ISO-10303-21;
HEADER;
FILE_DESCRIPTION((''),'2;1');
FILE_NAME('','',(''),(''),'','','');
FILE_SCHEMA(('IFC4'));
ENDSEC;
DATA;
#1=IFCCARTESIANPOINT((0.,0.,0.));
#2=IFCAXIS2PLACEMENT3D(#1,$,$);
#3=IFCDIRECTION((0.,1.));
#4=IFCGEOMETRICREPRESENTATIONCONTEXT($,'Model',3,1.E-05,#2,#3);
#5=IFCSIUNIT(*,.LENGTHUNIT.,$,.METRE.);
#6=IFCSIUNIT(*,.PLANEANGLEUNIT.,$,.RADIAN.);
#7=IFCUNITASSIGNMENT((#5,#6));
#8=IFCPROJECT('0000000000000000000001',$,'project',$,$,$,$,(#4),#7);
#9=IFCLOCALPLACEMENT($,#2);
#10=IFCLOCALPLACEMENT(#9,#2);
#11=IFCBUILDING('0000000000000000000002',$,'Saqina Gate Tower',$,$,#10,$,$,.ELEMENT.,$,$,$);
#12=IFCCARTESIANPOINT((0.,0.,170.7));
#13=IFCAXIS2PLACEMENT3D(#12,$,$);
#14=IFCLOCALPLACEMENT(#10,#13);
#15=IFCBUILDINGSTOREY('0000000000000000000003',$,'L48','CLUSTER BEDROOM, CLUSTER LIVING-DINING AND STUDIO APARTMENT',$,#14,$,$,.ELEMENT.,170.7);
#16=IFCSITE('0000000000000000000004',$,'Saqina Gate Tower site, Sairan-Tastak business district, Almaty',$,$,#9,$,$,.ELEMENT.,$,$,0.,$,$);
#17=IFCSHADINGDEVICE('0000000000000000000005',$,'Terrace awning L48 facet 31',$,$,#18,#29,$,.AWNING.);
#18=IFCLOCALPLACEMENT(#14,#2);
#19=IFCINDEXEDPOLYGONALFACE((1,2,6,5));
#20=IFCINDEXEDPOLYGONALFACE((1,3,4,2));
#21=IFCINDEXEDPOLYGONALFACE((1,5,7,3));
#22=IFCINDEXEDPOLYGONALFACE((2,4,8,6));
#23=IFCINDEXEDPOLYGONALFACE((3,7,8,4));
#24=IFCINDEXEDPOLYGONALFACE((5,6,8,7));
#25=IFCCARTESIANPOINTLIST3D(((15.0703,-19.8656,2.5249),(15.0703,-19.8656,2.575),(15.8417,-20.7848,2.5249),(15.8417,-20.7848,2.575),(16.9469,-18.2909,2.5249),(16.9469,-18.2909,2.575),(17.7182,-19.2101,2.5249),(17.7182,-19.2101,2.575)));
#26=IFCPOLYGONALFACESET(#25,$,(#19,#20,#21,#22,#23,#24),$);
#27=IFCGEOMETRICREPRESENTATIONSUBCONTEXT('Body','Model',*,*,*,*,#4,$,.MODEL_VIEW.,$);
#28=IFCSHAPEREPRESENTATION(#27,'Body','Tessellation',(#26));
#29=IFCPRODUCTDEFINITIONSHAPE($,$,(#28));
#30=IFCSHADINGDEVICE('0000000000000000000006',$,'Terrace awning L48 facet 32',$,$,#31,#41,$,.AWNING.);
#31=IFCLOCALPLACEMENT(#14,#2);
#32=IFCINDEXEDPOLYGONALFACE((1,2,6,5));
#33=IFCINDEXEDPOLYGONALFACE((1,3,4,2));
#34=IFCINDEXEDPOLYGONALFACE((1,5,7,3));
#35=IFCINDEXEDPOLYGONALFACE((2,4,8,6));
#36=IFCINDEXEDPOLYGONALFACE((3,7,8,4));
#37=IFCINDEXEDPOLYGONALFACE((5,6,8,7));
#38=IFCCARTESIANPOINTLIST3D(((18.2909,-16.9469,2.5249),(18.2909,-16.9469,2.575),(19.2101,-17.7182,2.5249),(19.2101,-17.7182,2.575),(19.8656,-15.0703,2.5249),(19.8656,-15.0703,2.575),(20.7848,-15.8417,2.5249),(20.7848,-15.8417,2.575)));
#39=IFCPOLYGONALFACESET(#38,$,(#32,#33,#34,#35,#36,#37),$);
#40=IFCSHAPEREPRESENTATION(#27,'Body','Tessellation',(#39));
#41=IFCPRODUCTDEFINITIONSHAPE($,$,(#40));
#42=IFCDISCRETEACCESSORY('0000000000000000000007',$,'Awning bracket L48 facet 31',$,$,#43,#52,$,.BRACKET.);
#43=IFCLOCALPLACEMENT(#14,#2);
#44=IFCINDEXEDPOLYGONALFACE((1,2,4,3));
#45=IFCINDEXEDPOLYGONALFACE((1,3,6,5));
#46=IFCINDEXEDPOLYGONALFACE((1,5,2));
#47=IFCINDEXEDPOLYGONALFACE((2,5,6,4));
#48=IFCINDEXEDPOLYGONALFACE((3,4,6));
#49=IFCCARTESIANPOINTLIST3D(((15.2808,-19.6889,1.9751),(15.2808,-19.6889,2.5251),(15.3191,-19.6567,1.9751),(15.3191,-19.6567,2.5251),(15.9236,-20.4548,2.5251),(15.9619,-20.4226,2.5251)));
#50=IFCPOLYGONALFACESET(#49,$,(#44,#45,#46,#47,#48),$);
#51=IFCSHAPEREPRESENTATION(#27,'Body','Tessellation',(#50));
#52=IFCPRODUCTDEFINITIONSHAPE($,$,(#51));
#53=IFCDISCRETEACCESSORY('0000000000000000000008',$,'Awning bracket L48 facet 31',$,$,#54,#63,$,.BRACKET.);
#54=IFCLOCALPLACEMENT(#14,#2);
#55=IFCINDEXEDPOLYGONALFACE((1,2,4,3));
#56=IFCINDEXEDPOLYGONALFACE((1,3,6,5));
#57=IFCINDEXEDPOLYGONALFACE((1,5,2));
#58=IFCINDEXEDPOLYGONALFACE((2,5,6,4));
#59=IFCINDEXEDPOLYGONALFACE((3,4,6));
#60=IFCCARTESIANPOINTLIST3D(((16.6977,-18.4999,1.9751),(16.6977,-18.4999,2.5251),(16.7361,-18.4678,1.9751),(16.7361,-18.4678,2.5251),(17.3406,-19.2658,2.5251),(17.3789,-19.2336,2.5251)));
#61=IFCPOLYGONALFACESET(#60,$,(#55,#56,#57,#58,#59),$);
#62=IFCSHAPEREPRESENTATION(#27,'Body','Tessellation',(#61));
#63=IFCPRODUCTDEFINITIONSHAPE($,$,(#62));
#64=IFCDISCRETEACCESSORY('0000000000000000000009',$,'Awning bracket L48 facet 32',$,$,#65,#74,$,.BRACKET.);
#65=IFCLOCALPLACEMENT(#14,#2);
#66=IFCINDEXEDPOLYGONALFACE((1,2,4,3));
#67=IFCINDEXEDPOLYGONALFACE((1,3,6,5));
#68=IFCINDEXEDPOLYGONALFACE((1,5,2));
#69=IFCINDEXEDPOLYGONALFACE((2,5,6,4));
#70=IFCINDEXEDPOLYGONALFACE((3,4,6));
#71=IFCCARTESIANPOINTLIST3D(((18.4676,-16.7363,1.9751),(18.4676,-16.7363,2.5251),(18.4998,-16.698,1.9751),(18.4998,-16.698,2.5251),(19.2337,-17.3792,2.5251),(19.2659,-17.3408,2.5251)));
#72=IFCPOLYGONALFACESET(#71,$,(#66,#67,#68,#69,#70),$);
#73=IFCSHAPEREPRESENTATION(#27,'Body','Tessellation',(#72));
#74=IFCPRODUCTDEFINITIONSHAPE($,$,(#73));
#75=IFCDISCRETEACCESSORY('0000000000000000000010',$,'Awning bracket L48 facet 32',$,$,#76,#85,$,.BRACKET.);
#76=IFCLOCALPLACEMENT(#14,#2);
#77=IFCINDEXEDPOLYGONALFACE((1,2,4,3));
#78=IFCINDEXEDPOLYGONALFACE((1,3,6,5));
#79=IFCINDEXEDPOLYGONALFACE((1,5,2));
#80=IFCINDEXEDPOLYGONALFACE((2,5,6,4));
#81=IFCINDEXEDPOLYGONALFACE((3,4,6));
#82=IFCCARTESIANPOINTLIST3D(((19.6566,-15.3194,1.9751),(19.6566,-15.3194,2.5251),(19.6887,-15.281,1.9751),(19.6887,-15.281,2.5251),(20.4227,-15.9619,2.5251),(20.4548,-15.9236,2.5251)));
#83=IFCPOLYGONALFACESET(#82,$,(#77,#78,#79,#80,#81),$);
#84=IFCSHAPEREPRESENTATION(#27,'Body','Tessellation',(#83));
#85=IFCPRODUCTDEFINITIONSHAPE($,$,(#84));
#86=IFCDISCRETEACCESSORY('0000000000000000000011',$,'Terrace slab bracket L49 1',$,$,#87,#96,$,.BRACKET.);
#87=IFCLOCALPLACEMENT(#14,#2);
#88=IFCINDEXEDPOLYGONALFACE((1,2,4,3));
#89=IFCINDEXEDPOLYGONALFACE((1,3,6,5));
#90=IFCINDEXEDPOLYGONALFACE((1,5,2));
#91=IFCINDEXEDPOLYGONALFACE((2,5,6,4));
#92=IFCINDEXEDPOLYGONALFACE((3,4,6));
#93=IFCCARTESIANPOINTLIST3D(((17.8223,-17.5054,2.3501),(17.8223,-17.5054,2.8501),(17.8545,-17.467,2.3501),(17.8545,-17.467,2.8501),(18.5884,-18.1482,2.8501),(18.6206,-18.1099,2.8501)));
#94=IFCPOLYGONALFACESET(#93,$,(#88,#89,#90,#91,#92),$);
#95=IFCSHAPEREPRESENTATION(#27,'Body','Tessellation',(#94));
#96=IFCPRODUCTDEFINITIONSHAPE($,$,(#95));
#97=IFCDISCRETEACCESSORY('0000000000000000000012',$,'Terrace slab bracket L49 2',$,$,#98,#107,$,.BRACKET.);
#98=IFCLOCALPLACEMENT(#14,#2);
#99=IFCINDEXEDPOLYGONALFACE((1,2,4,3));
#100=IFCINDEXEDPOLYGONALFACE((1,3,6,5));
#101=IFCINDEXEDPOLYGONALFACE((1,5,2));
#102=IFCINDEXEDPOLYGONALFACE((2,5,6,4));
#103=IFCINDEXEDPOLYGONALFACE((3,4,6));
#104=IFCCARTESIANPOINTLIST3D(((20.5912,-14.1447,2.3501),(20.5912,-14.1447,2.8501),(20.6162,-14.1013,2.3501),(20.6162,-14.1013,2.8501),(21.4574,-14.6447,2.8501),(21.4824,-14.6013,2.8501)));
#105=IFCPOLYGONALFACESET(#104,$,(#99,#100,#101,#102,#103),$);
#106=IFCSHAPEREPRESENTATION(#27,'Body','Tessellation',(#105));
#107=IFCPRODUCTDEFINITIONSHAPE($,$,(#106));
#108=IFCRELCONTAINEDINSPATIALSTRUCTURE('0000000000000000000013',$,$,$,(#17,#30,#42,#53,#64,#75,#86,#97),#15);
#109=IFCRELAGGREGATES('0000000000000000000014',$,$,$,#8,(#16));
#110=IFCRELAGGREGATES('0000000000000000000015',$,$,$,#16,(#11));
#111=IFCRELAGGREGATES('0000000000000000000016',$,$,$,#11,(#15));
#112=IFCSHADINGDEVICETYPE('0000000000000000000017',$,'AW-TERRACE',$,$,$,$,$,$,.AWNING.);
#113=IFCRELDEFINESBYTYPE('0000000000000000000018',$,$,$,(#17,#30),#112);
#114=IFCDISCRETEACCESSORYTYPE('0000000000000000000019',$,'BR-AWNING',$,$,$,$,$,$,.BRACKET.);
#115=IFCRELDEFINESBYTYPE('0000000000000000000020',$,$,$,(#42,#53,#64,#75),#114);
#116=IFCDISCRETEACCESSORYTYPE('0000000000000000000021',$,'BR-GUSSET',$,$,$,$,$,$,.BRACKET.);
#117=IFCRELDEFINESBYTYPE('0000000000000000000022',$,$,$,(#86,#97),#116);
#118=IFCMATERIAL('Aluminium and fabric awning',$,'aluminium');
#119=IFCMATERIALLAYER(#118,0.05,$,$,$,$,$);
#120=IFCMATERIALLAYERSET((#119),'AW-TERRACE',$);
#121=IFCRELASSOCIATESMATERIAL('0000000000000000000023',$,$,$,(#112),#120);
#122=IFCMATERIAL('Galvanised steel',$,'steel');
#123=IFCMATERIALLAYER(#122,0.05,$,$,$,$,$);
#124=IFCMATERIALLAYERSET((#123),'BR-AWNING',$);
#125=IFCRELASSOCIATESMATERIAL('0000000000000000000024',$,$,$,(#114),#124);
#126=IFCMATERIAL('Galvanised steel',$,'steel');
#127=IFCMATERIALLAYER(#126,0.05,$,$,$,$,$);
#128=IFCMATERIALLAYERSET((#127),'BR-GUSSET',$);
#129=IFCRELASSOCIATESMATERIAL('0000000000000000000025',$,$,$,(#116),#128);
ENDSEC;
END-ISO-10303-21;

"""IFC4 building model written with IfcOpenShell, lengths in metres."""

from ifc_helpers import new_model, si_unit, direction, frame, origin, origin_2d, place, context, subcontext, project, spatial, polyline, rectangle, outline, extrude, material, layer, layer_set, type_object, element, save


model = new_model("IFC4")

# Units and contexts
model_context = context("Model", 3, precision=1e-05, world=origin(), true_north=direction((0.0, 1.0)))
body_context = subcontext(model_context, "Body", "Model", "MODEL_VIEW")
ifc_project = project(units=[si_unit("LENGTHUNIT", "METRE"), si_unit("PLANEANGLEUNIT", "RADIAN")], contexts=[model_context])

# Site, building, storey
site_placement = place(None, origin())
site = spatial("IfcSite", under=ifc_project, at=site_placement, Name="Saqina Gate Tower site, Sairan-Tastak business district, Almaty", CompositionType="ELEMENT", RefElevation=0.0)
building_placement = place(site_placement, origin())
building = spatial("IfcBuilding", under=site, at=building_placement, Name="Saqina Gate Tower", CompositionType="ELEMENT")
storey_placement = place(building_placement, frame((0.0, 0.0, 170.7)))
storey = spatial("IfcBuildingStorey", under=building, at=storey_placement, Name="L48", Description="CLUSTER BEDROOM, CLUSTER LIVING-DINING AND STUDIO APARTMENT", CompositionType="ELEMENT", Elevation=170.7)

# Shading devices
ifc_material_1 = material(Name="Aluminium and fabric awning", Category="aluminium")
ifc_layer_1 = layer(ifc_material_1, 0.05)
ifc_layer_set_1 = layer_set([ifc_layer_1], Name="AW-TERRACE")
shading_device_type = type_object("IfcShadingDeviceType", Name="AW-TERRACE", PredefinedType="AWNING", material=ifc_layer_set_1)
for number, where, z_axis, x_axis, name in (
    (1, (16.3943, -19.5378, 2.5249), (0.0, 0.0, 1.0), (0.766044, 0.642788, 0.0), "Terrace awning L48 facet 31"),
    (2, (19.5378, -16.3943, 2.5249), (0.0, 0.0, 1.0), (0.642788, 0.766044, 0.0), "Terrace awning L48 facet 32"),
):
    element("IfcShadingDevice", number, at=place(storey_placement, frame(where, z_axis=z_axis, x_axis=x_axis)), inside=storey, type_object=shading_device_type, Name=name, PredefinedType="AWNING", context=body_context, shape_type="SweptSolid", body=[
        extrude(rectangle(XDim=2.4497, YDim=1.2, at=origin_2d()), origin(), (0.0, 0.0, 1.0), 0.05),
    ])

# Discrete accessories
ifc_material_2 = material(Name="Galvanised steel", Category="steel")
ifc_layer_2 = layer(ifc_material_2, 0.05)
ifc_layer_set_2 = layer_set([ifc_layer_2], Name="BR-AWNING")
discrete_accessory_type_1 = type_object("IfcDiscreteAccessoryType", Name="BR-AWNING", PredefinedType="BRACKET", material=ifc_layer_set_2)
for number, where, z_axis, x_axis, name in (
    (3, (15.3191, -19.6567, 1.9751), (0.765955, 0.642894, 0.0), (0.0, 0.0, 1.0), "Awning bracket L48 facet 31"),
    (4, (16.7361, -18.4678, 1.9751), (0.765955, 0.642894, 0.0), (0.0, 0.0, 1.0), "Awning bracket L48 facet 31"),
):
    element("IfcDiscreteAccessory", number, at=place(storey_placement, frame(where, z_axis=z_axis, x_axis=x_axis)), inside=storey, type_object=discrete_accessory_type_1, Name=name, PredefinedType="BRACKET", context=body_context, shape_type="SweptSolid", body=[
        extrude(outline(polyline([(0.0, 0.0), (0.55, 0.0), (0.55, 0.9999), (0.0, 0.0)])), origin(), (0.0, 0.0, -1.0), 0.05),
    ])
discrete_accessory_1_placement = place(storey_placement, frame((18.4998, -16.698, 1.9751), z_axis=(0.642774, 0.766056, 0.0), x_axis=(0.0, 0.0, 1.0)))
element("IfcDiscreteAccessory", 5, at=discrete_accessory_1_placement, inside=storey, type_object=discrete_accessory_type_1, Name="Awning bracket L48 facet 32", PredefinedType="BRACKET", context=body_context, shape_type="SweptSolid", body=[
    extrude(outline(polyline([(0.0, 0.0), (0.55, 0.0), (0.55, 1.0001), (0.0, 0.0)])), origin(), (0.0, 0.0, -1.0), 0.05),
])
discrete_accessory_2_placement = place(storey_placement, frame((19.6887, -15.281, 1.9751), z_axis=(0.642631, 0.766176, 0.0), x_axis=(0.0, 0.0, 1.0)))
element("IfcDiscreteAccessory", 6, at=discrete_accessory_2_placement, inside=storey, type_object=discrete_accessory_type_1, Name="Awning bracket L48 facet 32", PredefinedType="BRACKET", context=body_context, shape_type="SweptSolid", body=[
    extrude(outline(polyline([(0.0, 0.0), (0.55, 0.0), (0.55, 0.9999), (0.0, 0.0)])), origin(), (0.0, 0.0, -1.0), 0.05),
])
ifc_material_3 = material(Name="Galvanised steel", Category="steel")
ifc_layer_3 = layer(ifc_material_3, 0.05)
ifc_layer_set_3 = layer_set([ifc_layer_3], Name="BR-GUSSET")
discrete_accessory_type_2 = type_object("IfcDiscreteAccessoryType", Name="BR-GUSSET", PredefinedType="BRACKET", material=ifc_layer_set_3)
discrete_accessory_3_placement = place(storey_placement, frame((17.8545, -17.467, 2.3501), z_axis=(0.642774, 0.766056, 0.0), x_axis=(0.0, 0.0, 1.0)))
element("IfcDiscreteAccessory", 7, at=discrete_accessory_3_placement, inside=storey, type_object=discrete_accessory_type_2, Name="Terrace slab bracket L49 1", PredefinedType="BRACKET", context=body_context, shape_type="SweptSolid", body=[
    extrude(outline(polyline([(0.0, 0.0), (0.5, 0.0), (0.5, 1.0001), (0.0, 0.0)])), origin(), (0.0, 0.0, -1.0), 0.05),
])
discrete_accessory_4_placement = place(storey_placement, frame((20.6162, -14.1013, 2.3501), z_axis=(0.49992, 0.866072, 0.0), x_axis=(0.0, 0.0, 1.0)))
element("IfcDiscreteAccessory", 8, at=discrete_accessory_4_placement, inside=storey, type_object=discrete_accessory_type_2, Name="Terrace slab bracket L49 2", PredefinedType="BRACKET", context=body_context, shape_type="SweptSolid", body=[
    extrude(outline(polyline([(0.0, 0.0), (0.5, 0.0), (0.5, 1.0002), (0.0, 0.0)])), origin(), (0.0, 0.0, -1.0), 0.05),
])

save(model, "model.ifc")
